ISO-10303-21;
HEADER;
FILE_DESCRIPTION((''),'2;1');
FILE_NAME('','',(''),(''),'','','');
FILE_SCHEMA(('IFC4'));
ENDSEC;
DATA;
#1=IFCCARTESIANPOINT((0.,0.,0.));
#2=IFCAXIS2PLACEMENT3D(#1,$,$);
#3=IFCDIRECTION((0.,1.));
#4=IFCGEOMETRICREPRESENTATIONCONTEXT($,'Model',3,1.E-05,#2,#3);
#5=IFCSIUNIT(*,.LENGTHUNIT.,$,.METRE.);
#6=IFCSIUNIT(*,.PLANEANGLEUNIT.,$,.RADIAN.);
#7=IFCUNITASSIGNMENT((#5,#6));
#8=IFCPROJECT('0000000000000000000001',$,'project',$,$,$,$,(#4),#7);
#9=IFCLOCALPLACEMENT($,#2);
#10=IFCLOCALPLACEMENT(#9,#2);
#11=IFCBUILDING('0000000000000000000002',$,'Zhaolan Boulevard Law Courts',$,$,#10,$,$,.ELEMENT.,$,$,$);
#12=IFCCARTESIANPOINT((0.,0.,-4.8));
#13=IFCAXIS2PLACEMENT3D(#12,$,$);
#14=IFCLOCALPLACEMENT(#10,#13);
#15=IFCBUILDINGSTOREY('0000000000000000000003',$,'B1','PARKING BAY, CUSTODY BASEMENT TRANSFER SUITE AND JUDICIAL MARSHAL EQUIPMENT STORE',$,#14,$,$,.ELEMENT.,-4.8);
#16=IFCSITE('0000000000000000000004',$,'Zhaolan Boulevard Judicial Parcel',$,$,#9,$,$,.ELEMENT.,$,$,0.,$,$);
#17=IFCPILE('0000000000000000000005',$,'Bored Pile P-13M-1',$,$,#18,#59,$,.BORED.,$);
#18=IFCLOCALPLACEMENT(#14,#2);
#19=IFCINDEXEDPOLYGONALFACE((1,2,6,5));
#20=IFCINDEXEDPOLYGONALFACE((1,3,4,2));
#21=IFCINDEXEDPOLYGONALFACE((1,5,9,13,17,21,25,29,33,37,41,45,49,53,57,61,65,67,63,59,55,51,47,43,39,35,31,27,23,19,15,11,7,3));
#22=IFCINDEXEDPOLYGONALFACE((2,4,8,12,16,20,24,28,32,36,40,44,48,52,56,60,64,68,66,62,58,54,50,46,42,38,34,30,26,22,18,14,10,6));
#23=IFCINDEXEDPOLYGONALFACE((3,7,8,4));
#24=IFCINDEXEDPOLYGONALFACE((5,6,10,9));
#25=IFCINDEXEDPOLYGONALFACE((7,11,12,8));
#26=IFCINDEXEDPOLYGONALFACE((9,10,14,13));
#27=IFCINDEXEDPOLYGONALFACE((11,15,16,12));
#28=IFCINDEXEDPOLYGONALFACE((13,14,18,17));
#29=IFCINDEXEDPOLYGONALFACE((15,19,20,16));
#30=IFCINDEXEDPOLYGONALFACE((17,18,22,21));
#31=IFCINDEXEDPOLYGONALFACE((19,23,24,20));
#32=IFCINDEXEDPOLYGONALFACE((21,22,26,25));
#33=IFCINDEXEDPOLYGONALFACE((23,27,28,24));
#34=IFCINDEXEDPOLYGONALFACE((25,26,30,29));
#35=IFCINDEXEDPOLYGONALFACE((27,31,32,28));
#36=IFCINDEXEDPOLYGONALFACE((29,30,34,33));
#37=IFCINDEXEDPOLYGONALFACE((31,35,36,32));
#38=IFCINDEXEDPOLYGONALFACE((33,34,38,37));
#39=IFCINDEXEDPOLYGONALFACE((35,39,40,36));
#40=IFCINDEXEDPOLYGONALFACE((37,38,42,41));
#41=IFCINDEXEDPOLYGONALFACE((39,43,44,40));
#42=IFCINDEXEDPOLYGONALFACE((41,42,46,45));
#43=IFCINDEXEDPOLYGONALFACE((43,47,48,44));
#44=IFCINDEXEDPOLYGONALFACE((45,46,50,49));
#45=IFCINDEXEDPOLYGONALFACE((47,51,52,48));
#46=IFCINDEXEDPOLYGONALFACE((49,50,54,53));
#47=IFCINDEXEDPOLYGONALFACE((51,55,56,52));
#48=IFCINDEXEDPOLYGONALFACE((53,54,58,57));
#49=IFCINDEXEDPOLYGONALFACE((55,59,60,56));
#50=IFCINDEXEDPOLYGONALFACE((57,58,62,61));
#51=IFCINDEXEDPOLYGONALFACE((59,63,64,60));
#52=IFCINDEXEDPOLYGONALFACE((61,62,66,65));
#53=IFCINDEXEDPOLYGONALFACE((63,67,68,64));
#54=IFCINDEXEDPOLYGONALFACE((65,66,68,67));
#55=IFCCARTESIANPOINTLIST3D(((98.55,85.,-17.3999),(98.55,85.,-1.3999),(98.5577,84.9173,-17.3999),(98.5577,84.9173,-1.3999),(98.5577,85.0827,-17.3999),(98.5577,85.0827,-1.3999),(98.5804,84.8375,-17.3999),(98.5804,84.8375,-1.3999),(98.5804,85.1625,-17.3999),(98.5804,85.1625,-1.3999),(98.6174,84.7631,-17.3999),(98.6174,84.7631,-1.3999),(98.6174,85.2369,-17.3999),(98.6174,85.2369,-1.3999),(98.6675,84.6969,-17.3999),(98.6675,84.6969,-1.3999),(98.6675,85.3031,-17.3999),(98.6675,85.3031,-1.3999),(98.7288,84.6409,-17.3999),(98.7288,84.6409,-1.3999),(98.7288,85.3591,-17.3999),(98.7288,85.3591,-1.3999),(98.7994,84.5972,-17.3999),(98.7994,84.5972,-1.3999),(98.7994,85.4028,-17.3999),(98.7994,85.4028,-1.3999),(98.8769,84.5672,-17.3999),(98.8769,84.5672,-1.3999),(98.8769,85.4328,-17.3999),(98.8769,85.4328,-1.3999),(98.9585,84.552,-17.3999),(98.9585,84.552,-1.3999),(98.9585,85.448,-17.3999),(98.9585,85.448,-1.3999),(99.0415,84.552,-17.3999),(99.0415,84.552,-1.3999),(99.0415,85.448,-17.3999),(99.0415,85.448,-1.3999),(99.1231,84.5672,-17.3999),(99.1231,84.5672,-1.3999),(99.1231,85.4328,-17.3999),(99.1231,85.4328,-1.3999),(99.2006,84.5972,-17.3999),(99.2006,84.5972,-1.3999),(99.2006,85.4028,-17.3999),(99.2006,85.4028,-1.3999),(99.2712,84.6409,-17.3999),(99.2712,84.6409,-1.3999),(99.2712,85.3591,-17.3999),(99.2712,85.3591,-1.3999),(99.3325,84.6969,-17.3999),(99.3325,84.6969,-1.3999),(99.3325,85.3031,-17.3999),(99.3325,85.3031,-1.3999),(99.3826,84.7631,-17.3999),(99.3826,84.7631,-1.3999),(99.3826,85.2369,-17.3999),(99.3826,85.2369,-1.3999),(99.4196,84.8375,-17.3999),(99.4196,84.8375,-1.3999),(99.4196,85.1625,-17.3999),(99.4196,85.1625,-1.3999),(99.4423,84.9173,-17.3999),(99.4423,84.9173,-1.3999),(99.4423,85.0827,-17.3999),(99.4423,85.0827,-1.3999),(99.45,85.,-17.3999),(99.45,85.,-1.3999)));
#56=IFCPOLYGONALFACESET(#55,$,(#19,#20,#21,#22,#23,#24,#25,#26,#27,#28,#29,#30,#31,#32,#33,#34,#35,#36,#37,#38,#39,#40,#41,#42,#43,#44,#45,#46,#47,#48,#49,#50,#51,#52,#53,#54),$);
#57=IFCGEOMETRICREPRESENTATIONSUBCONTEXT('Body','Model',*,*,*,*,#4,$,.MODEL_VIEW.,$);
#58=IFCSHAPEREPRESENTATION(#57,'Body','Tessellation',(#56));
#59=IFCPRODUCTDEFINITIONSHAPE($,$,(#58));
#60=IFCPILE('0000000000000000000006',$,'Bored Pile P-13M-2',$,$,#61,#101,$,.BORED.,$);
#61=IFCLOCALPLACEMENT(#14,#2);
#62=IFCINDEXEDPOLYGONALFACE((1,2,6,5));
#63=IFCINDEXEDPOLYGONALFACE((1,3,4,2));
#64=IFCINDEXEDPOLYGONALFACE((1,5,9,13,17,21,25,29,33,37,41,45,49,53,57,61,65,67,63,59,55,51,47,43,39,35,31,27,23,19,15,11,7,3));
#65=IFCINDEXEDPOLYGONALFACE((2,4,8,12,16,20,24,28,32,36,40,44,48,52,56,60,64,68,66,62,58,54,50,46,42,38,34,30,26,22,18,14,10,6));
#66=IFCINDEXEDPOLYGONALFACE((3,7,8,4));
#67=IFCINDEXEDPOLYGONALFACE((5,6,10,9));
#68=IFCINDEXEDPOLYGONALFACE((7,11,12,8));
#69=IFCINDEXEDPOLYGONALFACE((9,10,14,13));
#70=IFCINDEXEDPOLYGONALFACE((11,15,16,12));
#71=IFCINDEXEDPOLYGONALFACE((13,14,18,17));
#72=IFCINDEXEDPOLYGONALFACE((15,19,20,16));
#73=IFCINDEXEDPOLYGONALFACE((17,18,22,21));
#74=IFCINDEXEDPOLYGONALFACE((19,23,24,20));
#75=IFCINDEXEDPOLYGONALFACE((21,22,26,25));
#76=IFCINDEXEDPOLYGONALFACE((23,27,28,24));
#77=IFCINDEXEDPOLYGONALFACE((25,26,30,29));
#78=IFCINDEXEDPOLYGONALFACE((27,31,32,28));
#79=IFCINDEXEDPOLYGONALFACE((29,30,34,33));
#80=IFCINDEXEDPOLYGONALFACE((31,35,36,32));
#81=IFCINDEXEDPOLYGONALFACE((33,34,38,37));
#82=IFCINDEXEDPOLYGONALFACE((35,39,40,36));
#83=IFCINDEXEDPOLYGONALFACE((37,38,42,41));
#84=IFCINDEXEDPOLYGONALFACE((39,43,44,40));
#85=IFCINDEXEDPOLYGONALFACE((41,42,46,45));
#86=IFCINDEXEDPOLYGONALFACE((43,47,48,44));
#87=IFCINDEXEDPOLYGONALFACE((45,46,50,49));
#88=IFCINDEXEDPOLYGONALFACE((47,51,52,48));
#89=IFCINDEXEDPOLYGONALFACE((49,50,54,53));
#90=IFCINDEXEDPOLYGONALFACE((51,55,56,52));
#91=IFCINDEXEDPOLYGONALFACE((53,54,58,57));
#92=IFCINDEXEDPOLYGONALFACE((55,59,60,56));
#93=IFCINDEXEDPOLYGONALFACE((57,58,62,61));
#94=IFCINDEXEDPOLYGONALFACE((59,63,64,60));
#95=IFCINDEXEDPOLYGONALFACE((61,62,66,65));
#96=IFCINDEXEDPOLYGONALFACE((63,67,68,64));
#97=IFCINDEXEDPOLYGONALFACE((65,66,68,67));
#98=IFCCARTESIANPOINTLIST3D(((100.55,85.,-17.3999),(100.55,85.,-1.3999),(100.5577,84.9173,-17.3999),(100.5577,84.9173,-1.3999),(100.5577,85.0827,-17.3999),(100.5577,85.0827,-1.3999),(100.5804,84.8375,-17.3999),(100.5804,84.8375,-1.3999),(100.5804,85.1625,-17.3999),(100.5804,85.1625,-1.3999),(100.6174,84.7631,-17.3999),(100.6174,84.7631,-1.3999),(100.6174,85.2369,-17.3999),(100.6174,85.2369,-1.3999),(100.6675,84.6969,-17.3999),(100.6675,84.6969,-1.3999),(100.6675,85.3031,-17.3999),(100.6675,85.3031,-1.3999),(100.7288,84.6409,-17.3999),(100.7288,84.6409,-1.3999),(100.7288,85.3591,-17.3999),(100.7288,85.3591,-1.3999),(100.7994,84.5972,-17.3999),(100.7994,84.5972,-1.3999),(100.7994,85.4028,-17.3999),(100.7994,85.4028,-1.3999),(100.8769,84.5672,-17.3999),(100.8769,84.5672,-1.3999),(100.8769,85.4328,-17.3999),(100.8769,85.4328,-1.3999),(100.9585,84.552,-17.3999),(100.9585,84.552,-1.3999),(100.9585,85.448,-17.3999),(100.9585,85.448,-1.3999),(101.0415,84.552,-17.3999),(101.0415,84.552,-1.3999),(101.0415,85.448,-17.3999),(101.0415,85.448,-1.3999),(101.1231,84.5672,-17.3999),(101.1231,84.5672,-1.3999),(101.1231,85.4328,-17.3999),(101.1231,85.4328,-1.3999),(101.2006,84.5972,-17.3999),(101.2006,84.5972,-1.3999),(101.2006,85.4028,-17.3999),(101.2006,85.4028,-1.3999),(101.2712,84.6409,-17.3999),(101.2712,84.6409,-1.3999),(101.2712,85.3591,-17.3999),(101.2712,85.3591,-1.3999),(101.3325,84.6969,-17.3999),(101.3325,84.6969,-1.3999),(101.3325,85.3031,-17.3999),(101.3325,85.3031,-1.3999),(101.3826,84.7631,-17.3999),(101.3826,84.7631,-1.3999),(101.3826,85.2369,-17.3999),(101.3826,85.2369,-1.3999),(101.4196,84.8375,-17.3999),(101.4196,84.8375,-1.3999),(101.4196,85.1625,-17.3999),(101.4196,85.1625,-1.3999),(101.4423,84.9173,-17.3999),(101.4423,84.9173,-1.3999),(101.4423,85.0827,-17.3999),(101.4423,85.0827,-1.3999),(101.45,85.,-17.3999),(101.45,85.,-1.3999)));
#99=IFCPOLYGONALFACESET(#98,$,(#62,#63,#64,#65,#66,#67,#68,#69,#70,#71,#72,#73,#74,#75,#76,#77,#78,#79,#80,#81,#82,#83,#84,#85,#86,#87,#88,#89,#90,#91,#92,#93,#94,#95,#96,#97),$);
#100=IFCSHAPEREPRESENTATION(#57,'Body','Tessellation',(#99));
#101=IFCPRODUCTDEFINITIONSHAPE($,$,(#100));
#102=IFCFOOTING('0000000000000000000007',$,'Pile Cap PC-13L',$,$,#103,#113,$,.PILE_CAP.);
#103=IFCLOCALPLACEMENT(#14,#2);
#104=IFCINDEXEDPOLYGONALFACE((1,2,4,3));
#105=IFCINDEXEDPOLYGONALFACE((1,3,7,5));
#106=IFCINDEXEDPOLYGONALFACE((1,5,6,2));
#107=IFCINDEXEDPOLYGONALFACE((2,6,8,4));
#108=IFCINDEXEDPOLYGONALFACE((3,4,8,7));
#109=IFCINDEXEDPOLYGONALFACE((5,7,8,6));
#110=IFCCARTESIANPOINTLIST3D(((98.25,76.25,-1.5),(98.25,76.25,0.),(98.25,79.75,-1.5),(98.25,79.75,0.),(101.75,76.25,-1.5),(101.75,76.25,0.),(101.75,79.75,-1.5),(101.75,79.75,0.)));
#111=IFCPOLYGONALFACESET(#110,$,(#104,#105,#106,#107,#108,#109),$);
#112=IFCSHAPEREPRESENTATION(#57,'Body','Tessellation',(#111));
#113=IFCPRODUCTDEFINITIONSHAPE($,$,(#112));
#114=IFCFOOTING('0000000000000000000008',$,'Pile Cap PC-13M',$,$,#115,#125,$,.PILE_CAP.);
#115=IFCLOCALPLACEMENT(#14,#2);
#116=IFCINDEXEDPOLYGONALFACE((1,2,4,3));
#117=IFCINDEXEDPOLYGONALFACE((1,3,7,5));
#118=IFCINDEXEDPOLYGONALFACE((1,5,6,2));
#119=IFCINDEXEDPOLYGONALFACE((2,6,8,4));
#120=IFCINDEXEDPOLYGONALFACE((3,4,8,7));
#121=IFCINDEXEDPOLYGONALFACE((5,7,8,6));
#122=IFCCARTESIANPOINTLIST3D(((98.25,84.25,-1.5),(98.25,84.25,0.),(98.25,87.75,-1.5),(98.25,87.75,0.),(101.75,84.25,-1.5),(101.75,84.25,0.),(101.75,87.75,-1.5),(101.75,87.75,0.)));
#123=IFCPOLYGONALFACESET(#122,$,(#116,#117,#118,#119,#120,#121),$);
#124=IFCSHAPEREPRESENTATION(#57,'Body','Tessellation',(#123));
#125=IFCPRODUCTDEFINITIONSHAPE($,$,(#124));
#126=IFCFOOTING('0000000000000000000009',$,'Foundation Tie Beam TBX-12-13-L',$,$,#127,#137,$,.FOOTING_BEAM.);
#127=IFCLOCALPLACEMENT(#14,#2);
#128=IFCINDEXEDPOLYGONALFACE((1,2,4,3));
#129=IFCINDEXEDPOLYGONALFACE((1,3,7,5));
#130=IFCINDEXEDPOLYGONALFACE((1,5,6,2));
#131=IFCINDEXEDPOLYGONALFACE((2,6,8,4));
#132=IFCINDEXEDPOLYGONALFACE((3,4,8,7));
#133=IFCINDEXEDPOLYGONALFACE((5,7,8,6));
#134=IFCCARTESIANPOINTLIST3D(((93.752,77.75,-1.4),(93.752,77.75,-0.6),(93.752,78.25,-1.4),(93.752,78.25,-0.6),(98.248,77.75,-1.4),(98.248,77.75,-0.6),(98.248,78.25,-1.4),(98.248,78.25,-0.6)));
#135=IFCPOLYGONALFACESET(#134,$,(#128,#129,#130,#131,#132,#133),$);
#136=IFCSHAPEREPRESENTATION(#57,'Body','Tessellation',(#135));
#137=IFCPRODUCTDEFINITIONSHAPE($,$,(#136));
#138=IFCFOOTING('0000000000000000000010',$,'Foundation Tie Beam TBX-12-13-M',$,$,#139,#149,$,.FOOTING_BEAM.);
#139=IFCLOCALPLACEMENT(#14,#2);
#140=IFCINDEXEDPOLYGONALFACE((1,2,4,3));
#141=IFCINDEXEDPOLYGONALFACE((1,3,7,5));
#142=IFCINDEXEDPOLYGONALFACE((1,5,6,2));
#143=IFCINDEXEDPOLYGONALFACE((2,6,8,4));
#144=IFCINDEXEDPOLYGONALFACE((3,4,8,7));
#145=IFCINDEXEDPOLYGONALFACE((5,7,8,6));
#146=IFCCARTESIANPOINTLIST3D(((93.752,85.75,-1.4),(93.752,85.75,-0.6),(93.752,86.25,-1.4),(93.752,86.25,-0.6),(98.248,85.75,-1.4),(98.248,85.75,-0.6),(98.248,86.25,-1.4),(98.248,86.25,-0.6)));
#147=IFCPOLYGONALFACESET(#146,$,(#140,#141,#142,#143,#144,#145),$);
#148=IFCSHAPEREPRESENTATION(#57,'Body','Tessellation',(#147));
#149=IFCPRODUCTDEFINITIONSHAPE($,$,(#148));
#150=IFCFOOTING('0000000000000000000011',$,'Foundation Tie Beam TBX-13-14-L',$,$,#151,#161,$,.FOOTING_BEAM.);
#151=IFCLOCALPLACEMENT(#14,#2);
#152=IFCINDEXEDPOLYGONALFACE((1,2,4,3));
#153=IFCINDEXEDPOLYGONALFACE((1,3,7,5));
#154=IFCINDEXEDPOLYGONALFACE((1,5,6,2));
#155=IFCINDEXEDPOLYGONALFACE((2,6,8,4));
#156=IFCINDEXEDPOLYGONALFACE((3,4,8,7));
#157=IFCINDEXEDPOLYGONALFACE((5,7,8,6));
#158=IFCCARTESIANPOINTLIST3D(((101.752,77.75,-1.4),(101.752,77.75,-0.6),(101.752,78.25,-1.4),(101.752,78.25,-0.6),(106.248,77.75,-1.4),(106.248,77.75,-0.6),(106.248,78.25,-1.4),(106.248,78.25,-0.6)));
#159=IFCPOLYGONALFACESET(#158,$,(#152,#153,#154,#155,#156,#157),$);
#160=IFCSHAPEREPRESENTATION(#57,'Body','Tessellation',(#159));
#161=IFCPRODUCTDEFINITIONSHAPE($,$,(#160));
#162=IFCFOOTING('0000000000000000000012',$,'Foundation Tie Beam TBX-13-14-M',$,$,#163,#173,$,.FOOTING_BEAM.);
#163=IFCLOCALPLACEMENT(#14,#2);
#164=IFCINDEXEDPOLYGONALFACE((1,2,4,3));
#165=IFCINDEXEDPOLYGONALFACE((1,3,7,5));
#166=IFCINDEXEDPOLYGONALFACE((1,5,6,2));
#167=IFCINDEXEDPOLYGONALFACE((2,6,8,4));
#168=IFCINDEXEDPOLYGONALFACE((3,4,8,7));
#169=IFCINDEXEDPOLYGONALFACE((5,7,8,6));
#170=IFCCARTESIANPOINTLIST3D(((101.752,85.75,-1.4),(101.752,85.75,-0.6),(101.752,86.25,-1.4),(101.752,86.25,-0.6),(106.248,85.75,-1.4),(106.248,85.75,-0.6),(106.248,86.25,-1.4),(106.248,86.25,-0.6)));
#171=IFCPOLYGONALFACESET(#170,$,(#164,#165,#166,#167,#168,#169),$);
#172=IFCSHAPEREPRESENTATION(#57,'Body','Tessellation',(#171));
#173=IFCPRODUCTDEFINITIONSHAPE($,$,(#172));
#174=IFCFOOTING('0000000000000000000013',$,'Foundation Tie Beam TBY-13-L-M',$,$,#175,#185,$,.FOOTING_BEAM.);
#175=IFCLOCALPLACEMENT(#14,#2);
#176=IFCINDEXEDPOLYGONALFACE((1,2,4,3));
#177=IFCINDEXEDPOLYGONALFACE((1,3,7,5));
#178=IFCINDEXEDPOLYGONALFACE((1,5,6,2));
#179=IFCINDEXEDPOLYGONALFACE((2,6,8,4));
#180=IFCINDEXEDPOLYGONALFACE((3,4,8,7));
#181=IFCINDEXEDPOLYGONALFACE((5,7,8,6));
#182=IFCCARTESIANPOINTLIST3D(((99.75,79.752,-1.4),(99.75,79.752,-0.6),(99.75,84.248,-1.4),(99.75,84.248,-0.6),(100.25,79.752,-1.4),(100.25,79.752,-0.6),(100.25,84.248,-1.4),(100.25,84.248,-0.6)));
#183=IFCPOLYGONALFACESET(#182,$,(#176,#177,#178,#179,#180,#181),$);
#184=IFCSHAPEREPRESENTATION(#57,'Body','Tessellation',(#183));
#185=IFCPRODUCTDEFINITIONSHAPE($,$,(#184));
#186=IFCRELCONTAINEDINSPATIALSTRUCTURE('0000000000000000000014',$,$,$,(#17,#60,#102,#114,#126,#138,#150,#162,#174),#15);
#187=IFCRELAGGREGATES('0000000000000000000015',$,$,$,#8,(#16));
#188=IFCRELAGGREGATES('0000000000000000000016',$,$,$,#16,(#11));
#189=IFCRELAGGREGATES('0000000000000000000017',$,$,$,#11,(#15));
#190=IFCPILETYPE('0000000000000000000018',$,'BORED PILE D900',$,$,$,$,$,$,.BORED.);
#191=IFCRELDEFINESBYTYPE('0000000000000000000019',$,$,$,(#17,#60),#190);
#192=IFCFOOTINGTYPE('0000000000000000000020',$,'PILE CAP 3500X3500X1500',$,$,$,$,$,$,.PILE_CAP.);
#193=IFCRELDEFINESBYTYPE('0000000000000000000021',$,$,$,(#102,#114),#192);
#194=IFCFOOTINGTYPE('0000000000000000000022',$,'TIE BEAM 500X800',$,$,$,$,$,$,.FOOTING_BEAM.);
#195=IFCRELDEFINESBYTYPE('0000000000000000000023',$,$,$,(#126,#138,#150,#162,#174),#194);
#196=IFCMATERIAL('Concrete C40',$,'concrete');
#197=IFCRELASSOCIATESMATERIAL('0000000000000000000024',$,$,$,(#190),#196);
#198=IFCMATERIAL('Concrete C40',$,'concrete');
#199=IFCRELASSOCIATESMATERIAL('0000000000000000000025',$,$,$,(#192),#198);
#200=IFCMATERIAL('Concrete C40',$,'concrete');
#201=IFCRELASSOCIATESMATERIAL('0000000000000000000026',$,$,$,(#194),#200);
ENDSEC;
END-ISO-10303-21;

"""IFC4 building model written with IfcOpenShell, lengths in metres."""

from ifc_helpers import new_model, si_unit, direction, frame, origin, origin_2d, place, context, subcontext, project, spatial, rectangle, circle, extrude, material, material_profile, profile_set, type_object, element, save


model = new_model("IFC4")

# Units and contexts
model_context = context("Model", 3, precision=1e-05, world=origin(), true_north=direction((0.0, 1.0)))
body_context = subcontext(model_context, "Body", "Model", "MODEL_VIEW")
ifc_project = project(units=[si_unit("LENGTHUNIT", "METRE"), si_unit("PLANEANGLEUNIT", "RADIAN")], contexts=[model_context])

# Site, building, storey
site_placement = place(None, origin())
site = spatial("IfcSite", under=ifc_project, at=site_placement, Name="Zhaolan Boulevard Judicial Parcel", CompositionType="ELEMENT", RefElevation=0.0)
building_placement = place(site_placement, origin())
building = spatial("IfcBuilding", under=site, at=building_placement, Name="Zhaolan Boulevard Law Courts", CompositionType="ELEMENT")
storey_placement = place(building_placement, frame((0.0, 0.0, -4.8)))
storey = spatial("IfcBuildingStorey", under=building, at=storey_placement, Name="B1", Description="PARKING BAY, CUSTODY BASEMENT TRANSFER SUITE AND JUDICIAL MARSHAL EQUIPMENT STORE", CompositionType="ELEMENT", Elevation=-4.8)

# Piles
ifc_material_1 = material(Name="Concrete C40", Category="concrete")
ifc_material_profile_1 = material_profile(ifc_material_1, circle(Radius=0.45, at=origin_2d()), Name="PILE-D900")
ifc_profile_set_1 = profile_set([ifc_material_profile_1], Name="Concrete C40")
pile_type = type_object("IfcPileType", Name="BORED PILE D900", PredefinedType="BORED", material=ifc_profile_set_1)
for number, where, z_axis, x_axis, name in (
    (1, (99.0, 85.0, -1.3999), (0.0, 0.0, -1.0), (1.0, 0.0, 0.0), "Bored Pile P-13M-1"),
    (2, (101.0, 85.0, -1.3999), (0.0, 0.0, -1.0), (1.0, 0.0, 0.0), "Bored Pile P-13M-2"),
):
    element("IfcPile", number, at=place(storey_placement, frame(where, z_axis=z_axis, x_axis=x_axis)), inside=storey, type_object=pile_type, Name=name, PredefinedType="BORED", context=body_context, shape_type="SweptSolid", body=[
        extrude(circle(Radius=0.45, at=origin_2d()), origin(), (0.0, 0.0, 1.0), 16.0),
    ])

# Footings
ifc_material_2 = material(Name="Concrete C40", Category="concrete")
footing_type_1 = type_object("IfcFootingType", Name="PILE CAP 3500X3500X1500", PredefinedType="PILE_CAP", material=ifc_material_2)
for number, where, z_axis, x_axis, name in (
    (3, (100.0, 78.0, -1.5), (0.0, 0.0, 1.0), (1.0, 0.0, 0.0), "Pile Cap PC-13L"),
    (4, (100.0, 86.0, -1.5), (0.0, 0.0, 1.0), (1.0, 0.0, 0.0), "Pile Cap PC-13M"),
):
    element("IfcFooting", number, at=place(storey_placement, frame(where, z_axis=z_axis, x_axis=x_axis)), inside=storey, type_object=footing_type_1, Name=name, PredefinedType="PILE_CAP", context=body_context, shape_type="SweptSolid", body=[
        extrude(rectangle(XDim=3.5, YDim=3.5, at=origin_2d()), origin(), (0.0, 0.0, 1.0), 1.5),
    ])
ifc_material_3 = material(Name="Concrete C40", Category="concrete")
ifc_material_profile_2 = material_profile(ifc_material_3, rectangle(XDim=0.5, YDim=0.8, at=origin_2d()), Name="RC500x800")
ifc_profile_set_2 = profile_set([ifc_material_profile_2], Name="Concrete C40")
footing_type_2 = type_object("IfcFootingType", Name="TIE BEAM 500X800", PredefinedType="FOOTING_BEAM", material=ifc_profile_set_2)
for number, where, z_axis, x_axis, name in (
    (5, (93.752, 78.0, -1.0), (1.0, 0.0, 0.0), (0.0, 1.0, 0.0), "Foundation Tie Beam TBX-12-13-L"),
    (6, (93.752, 86.0, -1.0), (1.0, 0.0, 0.0), (0.0, 1.0, 0.0), "Foundation Tie Beam TBX-12-13-M"),
    (7, (101.752, 78.0, -1.0), (1.0, 0.0, 0.0), (0.0, 1.0, 0.0), "Foundation Tie Beam TBX-13-14-L"),
    (8, (101.752, 86.0, -1.0), (1.0, 0.0, 0.0), (0.0, 1.0, 0.0), "Foundation Tie Beam TBX-13-14-M"),
    (9, (100.0, 79.752, -1.0), (0.0, 1.0, 0.0), (-1.0, 0.0, 0.0), "Foundation Tie Beam TBY-13-L-M"),
):
    element("IfcFooting", number, at=place(storey_placement, frame(where, z_axis=z_axis, x_axis=x_axis)), inside=storey, type_object=footing_type_2, Name=name, PredefinedType="FOOTING_BEAM", context=body_context, shape_type="SweptSolid", body=[
        extrude(rectangle(XDim=0.5, YDim=0.8, at=origin_2d()), origin(), (0.0, 0.0, 1.0), 4.4961),
    ])

save(model, "model.ifc")
